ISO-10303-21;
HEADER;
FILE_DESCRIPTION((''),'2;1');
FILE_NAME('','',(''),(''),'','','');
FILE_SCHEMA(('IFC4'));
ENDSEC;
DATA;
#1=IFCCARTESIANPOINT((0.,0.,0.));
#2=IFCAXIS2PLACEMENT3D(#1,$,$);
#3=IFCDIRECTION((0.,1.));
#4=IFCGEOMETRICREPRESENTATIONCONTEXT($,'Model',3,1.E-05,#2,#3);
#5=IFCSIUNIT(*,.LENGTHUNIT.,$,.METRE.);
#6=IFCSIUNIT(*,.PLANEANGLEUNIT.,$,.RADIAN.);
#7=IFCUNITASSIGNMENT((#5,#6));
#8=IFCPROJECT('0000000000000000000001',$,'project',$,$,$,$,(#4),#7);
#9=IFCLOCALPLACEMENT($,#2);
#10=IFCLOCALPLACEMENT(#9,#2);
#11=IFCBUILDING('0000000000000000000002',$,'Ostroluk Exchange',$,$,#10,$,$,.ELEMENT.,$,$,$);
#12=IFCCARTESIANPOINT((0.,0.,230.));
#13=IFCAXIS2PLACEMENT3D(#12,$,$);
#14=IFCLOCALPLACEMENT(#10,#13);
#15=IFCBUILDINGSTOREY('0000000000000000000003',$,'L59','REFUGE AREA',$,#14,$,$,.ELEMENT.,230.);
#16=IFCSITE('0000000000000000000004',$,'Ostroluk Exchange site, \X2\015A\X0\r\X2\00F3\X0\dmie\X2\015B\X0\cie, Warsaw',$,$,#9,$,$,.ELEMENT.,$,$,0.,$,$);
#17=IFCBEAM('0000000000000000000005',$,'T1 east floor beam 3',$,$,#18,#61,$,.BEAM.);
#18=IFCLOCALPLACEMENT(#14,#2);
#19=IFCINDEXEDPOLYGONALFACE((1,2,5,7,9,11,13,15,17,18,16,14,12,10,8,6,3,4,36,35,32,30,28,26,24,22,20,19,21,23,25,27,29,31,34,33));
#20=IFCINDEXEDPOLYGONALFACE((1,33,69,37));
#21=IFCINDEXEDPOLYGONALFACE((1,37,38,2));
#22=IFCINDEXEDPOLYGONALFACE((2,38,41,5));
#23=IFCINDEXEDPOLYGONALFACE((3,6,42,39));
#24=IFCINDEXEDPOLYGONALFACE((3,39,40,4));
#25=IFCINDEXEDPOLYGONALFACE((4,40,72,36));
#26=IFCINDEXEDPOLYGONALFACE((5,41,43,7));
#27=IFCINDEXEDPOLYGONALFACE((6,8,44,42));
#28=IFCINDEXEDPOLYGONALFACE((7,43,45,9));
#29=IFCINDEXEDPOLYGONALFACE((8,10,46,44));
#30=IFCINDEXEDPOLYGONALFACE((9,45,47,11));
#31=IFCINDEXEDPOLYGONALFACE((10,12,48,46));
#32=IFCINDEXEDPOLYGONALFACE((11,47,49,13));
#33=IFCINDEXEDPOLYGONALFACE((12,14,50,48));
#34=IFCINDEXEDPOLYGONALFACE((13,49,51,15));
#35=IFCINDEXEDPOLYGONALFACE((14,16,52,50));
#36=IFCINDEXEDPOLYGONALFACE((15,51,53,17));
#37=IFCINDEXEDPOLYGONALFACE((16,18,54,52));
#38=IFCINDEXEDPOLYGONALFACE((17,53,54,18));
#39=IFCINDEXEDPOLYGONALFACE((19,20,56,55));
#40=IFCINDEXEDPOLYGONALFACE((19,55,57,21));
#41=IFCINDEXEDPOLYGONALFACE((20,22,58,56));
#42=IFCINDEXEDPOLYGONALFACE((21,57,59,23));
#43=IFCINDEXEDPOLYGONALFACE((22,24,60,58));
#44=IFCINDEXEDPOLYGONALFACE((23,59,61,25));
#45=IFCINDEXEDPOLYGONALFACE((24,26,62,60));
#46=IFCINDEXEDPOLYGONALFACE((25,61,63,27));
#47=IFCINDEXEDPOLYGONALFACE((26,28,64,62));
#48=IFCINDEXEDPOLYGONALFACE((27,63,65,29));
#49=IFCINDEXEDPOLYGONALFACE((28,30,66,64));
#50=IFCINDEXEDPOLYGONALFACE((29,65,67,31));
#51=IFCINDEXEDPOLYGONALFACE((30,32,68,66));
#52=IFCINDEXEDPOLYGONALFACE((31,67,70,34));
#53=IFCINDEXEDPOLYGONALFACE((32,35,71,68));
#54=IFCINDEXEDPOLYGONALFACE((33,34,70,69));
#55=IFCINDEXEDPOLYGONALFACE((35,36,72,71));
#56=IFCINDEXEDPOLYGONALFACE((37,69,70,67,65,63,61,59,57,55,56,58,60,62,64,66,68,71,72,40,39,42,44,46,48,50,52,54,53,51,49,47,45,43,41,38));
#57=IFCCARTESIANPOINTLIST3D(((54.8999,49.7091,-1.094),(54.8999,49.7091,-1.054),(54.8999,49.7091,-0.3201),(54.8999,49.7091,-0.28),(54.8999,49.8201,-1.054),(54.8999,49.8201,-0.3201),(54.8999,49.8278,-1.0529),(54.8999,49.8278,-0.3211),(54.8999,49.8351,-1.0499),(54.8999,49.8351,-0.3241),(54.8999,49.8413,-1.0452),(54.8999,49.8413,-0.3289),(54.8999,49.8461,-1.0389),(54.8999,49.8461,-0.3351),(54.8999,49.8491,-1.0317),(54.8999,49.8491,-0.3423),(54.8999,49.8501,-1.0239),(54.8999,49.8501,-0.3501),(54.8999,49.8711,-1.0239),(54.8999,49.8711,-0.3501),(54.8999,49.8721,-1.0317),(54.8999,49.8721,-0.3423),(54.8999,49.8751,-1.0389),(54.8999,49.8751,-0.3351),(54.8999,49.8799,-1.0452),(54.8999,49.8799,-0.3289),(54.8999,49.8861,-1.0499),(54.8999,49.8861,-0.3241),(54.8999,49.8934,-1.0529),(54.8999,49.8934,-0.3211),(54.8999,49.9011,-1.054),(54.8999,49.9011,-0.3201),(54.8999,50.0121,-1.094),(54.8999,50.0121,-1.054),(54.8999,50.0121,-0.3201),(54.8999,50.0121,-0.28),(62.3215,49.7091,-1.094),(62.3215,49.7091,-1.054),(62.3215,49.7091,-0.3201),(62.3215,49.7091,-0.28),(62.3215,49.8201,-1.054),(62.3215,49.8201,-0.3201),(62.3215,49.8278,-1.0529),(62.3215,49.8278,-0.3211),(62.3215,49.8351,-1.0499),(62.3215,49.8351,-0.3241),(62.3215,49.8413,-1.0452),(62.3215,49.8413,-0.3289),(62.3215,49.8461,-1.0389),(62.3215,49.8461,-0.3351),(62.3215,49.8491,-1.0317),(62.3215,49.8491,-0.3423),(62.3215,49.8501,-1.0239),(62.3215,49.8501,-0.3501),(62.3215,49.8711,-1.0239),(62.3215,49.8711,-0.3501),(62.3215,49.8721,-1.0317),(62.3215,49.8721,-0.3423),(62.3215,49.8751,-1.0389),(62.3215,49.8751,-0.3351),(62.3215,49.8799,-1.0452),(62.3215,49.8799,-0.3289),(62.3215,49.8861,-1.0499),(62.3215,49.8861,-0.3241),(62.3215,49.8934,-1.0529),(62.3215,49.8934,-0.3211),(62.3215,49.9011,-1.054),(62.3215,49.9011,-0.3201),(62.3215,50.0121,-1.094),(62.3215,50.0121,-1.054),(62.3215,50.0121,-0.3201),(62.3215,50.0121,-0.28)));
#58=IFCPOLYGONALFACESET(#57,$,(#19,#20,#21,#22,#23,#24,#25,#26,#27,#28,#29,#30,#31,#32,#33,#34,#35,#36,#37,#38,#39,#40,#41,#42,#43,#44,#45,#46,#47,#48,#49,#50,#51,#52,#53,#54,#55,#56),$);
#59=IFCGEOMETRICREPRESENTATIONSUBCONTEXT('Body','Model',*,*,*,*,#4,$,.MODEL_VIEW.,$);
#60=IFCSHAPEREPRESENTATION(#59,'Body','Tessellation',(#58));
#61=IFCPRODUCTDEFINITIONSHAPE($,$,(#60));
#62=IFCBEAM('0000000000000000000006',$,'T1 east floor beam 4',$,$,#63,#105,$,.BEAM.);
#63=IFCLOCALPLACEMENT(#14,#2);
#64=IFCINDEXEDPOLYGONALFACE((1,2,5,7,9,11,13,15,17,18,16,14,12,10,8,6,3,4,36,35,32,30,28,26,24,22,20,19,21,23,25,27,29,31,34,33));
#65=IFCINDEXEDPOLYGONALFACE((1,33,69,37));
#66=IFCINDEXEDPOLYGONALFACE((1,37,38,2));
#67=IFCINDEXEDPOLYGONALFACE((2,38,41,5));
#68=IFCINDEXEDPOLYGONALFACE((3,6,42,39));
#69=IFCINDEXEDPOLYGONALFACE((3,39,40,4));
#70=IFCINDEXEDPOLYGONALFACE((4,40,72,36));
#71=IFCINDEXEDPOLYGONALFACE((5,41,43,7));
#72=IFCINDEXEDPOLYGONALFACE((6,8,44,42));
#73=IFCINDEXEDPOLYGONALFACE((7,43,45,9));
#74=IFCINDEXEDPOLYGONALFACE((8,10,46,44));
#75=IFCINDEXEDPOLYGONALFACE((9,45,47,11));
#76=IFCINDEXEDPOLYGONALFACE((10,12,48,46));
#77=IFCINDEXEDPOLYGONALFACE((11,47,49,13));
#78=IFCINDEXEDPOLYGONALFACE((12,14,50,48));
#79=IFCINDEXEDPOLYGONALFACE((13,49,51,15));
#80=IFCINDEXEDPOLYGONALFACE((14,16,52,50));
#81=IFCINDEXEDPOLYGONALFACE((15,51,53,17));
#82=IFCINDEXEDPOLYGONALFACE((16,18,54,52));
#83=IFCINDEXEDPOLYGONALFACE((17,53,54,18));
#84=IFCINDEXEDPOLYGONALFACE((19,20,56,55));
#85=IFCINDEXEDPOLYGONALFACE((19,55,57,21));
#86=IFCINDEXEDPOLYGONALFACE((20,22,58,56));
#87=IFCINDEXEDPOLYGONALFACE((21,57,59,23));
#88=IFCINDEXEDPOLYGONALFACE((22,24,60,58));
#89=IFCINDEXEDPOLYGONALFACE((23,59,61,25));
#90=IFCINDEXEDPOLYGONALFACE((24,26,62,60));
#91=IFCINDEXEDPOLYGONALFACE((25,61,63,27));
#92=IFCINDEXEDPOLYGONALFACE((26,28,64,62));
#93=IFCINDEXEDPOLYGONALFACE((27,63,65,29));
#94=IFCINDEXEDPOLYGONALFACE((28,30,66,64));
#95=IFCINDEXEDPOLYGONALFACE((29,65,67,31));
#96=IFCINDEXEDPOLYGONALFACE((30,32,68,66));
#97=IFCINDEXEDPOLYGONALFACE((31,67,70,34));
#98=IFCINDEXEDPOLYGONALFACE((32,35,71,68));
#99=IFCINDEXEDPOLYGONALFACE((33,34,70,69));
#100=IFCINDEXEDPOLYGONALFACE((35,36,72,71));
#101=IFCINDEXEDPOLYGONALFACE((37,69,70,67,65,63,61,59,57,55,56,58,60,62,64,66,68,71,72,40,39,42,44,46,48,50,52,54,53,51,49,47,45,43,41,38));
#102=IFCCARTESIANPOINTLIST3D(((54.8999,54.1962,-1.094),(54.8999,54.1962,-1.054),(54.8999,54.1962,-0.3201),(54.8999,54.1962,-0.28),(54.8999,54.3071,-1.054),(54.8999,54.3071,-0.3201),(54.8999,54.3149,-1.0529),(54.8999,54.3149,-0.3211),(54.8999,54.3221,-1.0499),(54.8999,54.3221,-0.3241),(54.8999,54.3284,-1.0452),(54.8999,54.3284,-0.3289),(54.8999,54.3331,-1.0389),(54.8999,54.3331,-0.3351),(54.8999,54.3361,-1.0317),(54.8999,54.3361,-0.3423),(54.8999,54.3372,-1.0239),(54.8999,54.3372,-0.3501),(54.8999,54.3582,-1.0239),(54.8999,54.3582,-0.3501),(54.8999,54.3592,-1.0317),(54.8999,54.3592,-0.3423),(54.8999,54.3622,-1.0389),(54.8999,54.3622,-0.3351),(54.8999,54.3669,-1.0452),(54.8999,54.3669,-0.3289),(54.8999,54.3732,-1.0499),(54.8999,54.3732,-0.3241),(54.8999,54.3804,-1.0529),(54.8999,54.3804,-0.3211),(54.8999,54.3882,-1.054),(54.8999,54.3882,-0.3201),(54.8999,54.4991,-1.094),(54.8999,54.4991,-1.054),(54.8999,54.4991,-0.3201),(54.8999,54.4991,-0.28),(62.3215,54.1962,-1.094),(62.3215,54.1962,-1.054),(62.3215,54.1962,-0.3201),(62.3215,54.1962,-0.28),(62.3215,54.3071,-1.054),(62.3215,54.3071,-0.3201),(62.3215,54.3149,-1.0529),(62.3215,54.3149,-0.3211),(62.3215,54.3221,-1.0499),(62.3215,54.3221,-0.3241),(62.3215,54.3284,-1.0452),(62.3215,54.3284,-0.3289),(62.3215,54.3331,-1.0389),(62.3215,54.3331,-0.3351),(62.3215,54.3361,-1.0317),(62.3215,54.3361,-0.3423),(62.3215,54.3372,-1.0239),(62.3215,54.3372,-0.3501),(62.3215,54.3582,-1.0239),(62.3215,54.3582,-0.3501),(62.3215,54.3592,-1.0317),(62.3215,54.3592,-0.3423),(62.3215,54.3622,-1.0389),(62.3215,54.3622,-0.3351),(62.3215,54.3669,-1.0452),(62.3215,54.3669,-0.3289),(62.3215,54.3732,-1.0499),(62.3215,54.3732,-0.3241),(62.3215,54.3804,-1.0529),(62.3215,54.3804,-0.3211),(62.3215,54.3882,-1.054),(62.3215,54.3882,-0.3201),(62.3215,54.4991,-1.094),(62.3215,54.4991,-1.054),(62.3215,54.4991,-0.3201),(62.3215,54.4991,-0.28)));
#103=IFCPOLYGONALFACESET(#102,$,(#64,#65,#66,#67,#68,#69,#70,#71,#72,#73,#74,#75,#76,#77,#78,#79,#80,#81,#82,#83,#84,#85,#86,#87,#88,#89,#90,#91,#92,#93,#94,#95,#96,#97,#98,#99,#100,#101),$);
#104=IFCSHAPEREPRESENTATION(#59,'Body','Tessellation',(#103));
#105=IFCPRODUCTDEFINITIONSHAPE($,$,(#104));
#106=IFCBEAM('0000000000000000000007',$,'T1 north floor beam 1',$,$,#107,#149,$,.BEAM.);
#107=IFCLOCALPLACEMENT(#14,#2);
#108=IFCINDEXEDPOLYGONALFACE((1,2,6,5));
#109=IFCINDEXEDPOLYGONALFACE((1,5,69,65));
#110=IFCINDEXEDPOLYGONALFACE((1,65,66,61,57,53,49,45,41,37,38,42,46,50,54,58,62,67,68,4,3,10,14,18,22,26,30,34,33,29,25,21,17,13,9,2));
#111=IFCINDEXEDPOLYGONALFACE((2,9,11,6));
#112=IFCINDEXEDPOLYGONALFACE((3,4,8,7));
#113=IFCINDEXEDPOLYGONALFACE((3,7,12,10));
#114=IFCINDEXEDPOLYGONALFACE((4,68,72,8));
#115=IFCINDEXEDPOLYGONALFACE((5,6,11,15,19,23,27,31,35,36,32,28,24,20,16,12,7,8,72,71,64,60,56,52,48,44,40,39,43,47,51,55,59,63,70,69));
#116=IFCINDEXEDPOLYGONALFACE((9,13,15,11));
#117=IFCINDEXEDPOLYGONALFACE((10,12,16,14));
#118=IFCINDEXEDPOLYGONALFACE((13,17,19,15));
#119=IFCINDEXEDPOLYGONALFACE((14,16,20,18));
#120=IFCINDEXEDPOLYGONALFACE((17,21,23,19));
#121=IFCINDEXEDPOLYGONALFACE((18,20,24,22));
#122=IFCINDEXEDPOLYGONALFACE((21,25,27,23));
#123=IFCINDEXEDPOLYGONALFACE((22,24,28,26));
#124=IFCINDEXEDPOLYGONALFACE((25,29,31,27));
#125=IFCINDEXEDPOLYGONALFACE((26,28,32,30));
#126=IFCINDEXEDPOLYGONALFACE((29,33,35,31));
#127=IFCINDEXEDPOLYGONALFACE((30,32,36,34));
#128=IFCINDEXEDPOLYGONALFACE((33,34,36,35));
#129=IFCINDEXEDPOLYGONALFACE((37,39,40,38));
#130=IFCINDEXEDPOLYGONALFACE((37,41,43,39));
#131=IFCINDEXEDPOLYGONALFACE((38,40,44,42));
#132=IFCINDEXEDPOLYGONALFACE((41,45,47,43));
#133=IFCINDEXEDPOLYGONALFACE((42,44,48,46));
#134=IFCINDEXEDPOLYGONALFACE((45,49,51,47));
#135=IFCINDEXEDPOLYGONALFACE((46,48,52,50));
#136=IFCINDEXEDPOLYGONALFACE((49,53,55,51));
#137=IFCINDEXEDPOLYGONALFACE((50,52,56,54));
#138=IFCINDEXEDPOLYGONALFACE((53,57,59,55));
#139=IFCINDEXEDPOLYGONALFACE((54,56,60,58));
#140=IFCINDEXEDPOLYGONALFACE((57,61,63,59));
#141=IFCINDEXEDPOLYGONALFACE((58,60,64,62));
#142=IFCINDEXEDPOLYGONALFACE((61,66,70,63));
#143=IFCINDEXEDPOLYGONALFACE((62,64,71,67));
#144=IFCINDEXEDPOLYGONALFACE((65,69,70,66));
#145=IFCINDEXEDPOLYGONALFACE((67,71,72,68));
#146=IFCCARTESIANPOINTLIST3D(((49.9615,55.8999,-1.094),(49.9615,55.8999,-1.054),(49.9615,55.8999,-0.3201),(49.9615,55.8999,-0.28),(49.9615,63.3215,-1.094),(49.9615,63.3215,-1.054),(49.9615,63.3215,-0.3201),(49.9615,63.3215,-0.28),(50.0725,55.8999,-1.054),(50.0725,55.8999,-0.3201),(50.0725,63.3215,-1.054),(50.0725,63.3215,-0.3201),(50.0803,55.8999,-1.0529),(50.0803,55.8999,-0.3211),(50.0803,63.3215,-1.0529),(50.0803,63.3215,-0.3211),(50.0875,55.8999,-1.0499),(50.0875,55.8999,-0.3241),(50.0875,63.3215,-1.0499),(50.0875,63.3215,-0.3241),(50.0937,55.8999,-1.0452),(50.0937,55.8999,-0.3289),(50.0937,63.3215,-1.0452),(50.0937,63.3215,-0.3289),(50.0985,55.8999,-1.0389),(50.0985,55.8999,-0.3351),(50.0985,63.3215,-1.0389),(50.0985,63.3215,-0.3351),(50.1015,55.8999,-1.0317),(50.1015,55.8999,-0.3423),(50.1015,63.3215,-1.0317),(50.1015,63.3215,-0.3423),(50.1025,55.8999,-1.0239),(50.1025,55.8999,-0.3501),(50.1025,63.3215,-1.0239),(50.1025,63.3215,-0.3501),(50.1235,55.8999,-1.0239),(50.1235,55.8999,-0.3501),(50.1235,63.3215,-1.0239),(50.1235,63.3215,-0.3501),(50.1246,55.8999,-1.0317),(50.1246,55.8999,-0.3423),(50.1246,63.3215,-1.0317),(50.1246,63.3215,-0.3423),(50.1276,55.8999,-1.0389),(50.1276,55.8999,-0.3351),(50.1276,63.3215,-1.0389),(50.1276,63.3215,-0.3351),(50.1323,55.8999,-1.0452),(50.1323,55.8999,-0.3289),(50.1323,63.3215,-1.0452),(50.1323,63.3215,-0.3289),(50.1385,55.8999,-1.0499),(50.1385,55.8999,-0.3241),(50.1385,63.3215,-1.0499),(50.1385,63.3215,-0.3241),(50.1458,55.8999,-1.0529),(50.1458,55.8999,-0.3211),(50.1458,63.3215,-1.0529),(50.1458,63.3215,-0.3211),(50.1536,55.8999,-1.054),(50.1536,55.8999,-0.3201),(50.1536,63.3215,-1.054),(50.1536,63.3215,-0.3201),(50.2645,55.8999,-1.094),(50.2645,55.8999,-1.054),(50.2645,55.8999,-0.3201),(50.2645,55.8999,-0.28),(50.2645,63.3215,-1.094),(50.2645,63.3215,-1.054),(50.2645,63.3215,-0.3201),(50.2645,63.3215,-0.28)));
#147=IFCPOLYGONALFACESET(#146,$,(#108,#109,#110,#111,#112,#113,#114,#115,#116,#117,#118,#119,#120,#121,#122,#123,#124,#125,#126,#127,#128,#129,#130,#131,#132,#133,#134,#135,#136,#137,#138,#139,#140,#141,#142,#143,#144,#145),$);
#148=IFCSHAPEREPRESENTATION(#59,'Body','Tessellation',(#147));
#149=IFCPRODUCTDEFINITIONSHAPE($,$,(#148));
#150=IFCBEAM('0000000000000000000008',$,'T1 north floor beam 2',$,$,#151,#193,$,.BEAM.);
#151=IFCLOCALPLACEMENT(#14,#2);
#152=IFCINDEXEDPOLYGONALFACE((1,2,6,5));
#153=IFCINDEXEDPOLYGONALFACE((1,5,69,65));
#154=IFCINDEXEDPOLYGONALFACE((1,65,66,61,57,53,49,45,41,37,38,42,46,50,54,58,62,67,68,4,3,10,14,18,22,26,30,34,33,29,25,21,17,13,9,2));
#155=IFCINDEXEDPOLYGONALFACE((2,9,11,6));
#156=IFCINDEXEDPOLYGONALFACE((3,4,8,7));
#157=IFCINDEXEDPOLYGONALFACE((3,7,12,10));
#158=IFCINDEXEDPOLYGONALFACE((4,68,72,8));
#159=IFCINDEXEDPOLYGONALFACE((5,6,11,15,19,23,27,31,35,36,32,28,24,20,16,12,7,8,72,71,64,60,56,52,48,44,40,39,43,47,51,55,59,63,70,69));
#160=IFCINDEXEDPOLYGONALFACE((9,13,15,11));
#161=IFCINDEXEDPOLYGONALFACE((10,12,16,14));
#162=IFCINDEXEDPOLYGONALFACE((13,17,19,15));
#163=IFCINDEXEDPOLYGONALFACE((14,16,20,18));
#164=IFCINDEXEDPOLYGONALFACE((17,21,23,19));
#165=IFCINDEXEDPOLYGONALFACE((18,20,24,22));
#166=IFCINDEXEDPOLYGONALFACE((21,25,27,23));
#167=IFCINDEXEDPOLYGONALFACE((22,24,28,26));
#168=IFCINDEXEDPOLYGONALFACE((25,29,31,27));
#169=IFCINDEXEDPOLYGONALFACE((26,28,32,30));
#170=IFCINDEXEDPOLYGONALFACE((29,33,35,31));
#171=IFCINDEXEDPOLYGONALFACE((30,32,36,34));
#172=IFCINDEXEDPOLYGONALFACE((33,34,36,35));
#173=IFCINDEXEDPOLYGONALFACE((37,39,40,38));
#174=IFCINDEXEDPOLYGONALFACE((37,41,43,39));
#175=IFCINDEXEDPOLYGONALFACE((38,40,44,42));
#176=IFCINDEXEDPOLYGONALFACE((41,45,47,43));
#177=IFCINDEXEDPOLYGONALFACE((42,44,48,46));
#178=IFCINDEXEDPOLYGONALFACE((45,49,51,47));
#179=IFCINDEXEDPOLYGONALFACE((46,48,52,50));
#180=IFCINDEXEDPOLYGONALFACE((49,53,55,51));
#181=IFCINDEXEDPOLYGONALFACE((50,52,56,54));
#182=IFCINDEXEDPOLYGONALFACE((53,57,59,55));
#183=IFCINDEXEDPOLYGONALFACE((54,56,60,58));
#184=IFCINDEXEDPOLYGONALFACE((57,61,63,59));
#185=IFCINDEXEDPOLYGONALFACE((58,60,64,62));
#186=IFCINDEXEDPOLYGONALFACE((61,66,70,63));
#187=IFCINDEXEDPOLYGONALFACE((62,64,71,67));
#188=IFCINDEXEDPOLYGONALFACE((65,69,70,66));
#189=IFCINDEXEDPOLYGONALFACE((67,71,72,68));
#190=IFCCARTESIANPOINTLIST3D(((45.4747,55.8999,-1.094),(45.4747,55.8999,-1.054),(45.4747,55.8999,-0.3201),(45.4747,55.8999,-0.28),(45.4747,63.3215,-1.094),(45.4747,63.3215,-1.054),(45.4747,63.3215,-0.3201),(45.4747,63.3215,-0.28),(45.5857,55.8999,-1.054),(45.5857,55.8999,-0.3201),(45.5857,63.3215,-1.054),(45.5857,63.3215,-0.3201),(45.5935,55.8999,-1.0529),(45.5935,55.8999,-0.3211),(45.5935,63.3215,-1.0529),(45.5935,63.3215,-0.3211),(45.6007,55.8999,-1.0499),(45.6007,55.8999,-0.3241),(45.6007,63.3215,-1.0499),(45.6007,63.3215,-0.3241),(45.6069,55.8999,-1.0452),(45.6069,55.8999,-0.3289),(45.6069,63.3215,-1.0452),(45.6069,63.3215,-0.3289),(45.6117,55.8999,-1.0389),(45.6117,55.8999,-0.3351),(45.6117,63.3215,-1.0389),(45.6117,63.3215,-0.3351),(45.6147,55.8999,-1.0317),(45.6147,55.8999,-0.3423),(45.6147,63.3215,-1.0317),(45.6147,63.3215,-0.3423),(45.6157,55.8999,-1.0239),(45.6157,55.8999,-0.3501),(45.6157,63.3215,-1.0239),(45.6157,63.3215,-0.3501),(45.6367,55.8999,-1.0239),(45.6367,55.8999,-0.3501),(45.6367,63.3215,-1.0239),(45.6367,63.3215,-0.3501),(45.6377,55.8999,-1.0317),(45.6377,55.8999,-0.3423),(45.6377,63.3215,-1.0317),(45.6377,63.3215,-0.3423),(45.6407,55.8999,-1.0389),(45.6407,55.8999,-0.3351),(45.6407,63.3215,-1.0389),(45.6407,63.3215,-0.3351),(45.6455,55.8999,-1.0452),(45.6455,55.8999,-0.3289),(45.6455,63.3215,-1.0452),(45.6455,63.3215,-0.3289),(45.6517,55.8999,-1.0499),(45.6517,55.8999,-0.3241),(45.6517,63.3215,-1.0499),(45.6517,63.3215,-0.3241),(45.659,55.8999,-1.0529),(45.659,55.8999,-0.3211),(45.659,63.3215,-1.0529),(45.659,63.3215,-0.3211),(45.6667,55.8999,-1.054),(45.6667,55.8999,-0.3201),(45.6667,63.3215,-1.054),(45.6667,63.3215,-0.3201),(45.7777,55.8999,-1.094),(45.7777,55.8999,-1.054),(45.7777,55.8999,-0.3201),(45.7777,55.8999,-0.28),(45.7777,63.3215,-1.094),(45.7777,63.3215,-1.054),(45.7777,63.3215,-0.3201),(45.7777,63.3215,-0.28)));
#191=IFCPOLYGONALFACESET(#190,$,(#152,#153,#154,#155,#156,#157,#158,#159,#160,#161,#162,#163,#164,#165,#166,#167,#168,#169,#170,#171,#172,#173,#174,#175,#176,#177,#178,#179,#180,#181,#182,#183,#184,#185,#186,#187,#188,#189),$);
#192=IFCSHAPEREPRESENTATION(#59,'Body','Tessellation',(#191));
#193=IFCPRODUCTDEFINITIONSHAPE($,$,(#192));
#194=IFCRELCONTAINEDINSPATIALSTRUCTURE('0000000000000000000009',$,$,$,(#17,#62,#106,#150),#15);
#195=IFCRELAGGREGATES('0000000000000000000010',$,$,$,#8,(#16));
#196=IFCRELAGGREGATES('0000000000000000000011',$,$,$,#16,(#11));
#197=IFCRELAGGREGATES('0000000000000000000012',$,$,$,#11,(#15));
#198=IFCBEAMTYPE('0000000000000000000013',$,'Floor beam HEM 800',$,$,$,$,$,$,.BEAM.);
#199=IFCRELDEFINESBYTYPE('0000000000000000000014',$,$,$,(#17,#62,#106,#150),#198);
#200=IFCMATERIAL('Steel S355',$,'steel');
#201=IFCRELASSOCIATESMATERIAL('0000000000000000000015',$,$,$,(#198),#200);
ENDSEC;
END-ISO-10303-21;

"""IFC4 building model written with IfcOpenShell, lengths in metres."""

from ifc_helpers import new_model, si_unit, direction, frame, origin, origin_2d, place, context, subcontext, project, spatial, i_section, extrude, material, material_profile, profile_set, type_object, element, save


model = new_model("IFC4")

# Units and contexts
model_context = context("Model", 3, precision=1e-05, world=origin(), true_north=direction((0.0, 1.0)))
body_context = subcontext(model_context, "Body", "Model", "MODEL_VIEW")
ifc_project = project(units=[si_unit("LENGTHUNIT", "METRE"), si_unit("PLANEANGLEUNIT", "RADIAN")], contexts=[model_context])

# Site, building, storey
site_placement = place(None, origin())
site = spatial("IfcSite", under=ifc_project, at=site_placement, Name="Ostroluk Exchange site, Śródmieście, Warsaw", CompositionType="ELEMENT", RefElevation=0.0)
building_placement = place(site_placement, origin())
building = spatial("IfcBuilding", under=site, at=building_placement, Name="Ostroluk Exchange", CompositionType="ELEMENT")
storey_placement = place(building_placement, frame((0.0, 0.0, 230.0)))
storey = spatial("IfcBuildingStorey", under=building, at=storey_placement, Name="L59", Description="REFUGE AREA", CompositionType="ELEMENT", Elevation=230.0)

# Beams
ifc_material_1 = material(Name="Steel S355", Category="steel")
ifc_material_profile_1 = material_profile(ifc_material_1, i_section(OverallWidth=0.303, OverallDepth=0.814, WebThickness=0.021, FlangeThickness=0.04, FilletRadius=0.03, at=origin_2d()), Name="HEM 800")
ifc_profile_set_1 = profile_set([ifc_material_profile_1], Name="Steel S355")
beam_type_1 = type_object("IfcBeamType", Name="Floor beam HEM 800", PredefinedType="BEAM", material=ifc_profile_set_1)
for number, where, z_axis, x_axis, name in (
    (1, (54.8999, 49.8606, -0.687), (1.0, 0.0, 0.0), (0.0, 1.0, 0.0), "T1 east floor beam 3"),
    (2, (54.8999, 54.3477, -0.687), (1.0, 0.0, 0.0), (0.0, 1.0, 0.0), "T1 east floor beam 4"),
    (3, (50.113, 55.8999, -0.687), (0.0, 1.0, 0.0), (-1.0, 0.0, 0.0), "T1 north floor beam 1"),
    (4, (45.6262, 55.8999, -0.687), (0.0, 1.0, 0.0), (-1.0, 0.0, 0.0), "T1 north floor beam 2"),
):
    element("IfcBeam", number, at=place(storey_placement, frame(where, z_axis=z_axis, x_axis=x_axis)), inside=storey, type_object=beam_type_1, Name=name, PredefinedType="BEAM", context=body_context, shape_type="SweptSolid", body=[
        extrude(i_section(OverallWidth=0.303, OverallDepth=0.814, WebThickness=0.021, FlangeThickness=0.04, FilletRadius=0.03, at=origin_2d()), origin(), (0.0, 0.0, 1.0), 7.4216),
    ])

save(model, "model.ifc")
